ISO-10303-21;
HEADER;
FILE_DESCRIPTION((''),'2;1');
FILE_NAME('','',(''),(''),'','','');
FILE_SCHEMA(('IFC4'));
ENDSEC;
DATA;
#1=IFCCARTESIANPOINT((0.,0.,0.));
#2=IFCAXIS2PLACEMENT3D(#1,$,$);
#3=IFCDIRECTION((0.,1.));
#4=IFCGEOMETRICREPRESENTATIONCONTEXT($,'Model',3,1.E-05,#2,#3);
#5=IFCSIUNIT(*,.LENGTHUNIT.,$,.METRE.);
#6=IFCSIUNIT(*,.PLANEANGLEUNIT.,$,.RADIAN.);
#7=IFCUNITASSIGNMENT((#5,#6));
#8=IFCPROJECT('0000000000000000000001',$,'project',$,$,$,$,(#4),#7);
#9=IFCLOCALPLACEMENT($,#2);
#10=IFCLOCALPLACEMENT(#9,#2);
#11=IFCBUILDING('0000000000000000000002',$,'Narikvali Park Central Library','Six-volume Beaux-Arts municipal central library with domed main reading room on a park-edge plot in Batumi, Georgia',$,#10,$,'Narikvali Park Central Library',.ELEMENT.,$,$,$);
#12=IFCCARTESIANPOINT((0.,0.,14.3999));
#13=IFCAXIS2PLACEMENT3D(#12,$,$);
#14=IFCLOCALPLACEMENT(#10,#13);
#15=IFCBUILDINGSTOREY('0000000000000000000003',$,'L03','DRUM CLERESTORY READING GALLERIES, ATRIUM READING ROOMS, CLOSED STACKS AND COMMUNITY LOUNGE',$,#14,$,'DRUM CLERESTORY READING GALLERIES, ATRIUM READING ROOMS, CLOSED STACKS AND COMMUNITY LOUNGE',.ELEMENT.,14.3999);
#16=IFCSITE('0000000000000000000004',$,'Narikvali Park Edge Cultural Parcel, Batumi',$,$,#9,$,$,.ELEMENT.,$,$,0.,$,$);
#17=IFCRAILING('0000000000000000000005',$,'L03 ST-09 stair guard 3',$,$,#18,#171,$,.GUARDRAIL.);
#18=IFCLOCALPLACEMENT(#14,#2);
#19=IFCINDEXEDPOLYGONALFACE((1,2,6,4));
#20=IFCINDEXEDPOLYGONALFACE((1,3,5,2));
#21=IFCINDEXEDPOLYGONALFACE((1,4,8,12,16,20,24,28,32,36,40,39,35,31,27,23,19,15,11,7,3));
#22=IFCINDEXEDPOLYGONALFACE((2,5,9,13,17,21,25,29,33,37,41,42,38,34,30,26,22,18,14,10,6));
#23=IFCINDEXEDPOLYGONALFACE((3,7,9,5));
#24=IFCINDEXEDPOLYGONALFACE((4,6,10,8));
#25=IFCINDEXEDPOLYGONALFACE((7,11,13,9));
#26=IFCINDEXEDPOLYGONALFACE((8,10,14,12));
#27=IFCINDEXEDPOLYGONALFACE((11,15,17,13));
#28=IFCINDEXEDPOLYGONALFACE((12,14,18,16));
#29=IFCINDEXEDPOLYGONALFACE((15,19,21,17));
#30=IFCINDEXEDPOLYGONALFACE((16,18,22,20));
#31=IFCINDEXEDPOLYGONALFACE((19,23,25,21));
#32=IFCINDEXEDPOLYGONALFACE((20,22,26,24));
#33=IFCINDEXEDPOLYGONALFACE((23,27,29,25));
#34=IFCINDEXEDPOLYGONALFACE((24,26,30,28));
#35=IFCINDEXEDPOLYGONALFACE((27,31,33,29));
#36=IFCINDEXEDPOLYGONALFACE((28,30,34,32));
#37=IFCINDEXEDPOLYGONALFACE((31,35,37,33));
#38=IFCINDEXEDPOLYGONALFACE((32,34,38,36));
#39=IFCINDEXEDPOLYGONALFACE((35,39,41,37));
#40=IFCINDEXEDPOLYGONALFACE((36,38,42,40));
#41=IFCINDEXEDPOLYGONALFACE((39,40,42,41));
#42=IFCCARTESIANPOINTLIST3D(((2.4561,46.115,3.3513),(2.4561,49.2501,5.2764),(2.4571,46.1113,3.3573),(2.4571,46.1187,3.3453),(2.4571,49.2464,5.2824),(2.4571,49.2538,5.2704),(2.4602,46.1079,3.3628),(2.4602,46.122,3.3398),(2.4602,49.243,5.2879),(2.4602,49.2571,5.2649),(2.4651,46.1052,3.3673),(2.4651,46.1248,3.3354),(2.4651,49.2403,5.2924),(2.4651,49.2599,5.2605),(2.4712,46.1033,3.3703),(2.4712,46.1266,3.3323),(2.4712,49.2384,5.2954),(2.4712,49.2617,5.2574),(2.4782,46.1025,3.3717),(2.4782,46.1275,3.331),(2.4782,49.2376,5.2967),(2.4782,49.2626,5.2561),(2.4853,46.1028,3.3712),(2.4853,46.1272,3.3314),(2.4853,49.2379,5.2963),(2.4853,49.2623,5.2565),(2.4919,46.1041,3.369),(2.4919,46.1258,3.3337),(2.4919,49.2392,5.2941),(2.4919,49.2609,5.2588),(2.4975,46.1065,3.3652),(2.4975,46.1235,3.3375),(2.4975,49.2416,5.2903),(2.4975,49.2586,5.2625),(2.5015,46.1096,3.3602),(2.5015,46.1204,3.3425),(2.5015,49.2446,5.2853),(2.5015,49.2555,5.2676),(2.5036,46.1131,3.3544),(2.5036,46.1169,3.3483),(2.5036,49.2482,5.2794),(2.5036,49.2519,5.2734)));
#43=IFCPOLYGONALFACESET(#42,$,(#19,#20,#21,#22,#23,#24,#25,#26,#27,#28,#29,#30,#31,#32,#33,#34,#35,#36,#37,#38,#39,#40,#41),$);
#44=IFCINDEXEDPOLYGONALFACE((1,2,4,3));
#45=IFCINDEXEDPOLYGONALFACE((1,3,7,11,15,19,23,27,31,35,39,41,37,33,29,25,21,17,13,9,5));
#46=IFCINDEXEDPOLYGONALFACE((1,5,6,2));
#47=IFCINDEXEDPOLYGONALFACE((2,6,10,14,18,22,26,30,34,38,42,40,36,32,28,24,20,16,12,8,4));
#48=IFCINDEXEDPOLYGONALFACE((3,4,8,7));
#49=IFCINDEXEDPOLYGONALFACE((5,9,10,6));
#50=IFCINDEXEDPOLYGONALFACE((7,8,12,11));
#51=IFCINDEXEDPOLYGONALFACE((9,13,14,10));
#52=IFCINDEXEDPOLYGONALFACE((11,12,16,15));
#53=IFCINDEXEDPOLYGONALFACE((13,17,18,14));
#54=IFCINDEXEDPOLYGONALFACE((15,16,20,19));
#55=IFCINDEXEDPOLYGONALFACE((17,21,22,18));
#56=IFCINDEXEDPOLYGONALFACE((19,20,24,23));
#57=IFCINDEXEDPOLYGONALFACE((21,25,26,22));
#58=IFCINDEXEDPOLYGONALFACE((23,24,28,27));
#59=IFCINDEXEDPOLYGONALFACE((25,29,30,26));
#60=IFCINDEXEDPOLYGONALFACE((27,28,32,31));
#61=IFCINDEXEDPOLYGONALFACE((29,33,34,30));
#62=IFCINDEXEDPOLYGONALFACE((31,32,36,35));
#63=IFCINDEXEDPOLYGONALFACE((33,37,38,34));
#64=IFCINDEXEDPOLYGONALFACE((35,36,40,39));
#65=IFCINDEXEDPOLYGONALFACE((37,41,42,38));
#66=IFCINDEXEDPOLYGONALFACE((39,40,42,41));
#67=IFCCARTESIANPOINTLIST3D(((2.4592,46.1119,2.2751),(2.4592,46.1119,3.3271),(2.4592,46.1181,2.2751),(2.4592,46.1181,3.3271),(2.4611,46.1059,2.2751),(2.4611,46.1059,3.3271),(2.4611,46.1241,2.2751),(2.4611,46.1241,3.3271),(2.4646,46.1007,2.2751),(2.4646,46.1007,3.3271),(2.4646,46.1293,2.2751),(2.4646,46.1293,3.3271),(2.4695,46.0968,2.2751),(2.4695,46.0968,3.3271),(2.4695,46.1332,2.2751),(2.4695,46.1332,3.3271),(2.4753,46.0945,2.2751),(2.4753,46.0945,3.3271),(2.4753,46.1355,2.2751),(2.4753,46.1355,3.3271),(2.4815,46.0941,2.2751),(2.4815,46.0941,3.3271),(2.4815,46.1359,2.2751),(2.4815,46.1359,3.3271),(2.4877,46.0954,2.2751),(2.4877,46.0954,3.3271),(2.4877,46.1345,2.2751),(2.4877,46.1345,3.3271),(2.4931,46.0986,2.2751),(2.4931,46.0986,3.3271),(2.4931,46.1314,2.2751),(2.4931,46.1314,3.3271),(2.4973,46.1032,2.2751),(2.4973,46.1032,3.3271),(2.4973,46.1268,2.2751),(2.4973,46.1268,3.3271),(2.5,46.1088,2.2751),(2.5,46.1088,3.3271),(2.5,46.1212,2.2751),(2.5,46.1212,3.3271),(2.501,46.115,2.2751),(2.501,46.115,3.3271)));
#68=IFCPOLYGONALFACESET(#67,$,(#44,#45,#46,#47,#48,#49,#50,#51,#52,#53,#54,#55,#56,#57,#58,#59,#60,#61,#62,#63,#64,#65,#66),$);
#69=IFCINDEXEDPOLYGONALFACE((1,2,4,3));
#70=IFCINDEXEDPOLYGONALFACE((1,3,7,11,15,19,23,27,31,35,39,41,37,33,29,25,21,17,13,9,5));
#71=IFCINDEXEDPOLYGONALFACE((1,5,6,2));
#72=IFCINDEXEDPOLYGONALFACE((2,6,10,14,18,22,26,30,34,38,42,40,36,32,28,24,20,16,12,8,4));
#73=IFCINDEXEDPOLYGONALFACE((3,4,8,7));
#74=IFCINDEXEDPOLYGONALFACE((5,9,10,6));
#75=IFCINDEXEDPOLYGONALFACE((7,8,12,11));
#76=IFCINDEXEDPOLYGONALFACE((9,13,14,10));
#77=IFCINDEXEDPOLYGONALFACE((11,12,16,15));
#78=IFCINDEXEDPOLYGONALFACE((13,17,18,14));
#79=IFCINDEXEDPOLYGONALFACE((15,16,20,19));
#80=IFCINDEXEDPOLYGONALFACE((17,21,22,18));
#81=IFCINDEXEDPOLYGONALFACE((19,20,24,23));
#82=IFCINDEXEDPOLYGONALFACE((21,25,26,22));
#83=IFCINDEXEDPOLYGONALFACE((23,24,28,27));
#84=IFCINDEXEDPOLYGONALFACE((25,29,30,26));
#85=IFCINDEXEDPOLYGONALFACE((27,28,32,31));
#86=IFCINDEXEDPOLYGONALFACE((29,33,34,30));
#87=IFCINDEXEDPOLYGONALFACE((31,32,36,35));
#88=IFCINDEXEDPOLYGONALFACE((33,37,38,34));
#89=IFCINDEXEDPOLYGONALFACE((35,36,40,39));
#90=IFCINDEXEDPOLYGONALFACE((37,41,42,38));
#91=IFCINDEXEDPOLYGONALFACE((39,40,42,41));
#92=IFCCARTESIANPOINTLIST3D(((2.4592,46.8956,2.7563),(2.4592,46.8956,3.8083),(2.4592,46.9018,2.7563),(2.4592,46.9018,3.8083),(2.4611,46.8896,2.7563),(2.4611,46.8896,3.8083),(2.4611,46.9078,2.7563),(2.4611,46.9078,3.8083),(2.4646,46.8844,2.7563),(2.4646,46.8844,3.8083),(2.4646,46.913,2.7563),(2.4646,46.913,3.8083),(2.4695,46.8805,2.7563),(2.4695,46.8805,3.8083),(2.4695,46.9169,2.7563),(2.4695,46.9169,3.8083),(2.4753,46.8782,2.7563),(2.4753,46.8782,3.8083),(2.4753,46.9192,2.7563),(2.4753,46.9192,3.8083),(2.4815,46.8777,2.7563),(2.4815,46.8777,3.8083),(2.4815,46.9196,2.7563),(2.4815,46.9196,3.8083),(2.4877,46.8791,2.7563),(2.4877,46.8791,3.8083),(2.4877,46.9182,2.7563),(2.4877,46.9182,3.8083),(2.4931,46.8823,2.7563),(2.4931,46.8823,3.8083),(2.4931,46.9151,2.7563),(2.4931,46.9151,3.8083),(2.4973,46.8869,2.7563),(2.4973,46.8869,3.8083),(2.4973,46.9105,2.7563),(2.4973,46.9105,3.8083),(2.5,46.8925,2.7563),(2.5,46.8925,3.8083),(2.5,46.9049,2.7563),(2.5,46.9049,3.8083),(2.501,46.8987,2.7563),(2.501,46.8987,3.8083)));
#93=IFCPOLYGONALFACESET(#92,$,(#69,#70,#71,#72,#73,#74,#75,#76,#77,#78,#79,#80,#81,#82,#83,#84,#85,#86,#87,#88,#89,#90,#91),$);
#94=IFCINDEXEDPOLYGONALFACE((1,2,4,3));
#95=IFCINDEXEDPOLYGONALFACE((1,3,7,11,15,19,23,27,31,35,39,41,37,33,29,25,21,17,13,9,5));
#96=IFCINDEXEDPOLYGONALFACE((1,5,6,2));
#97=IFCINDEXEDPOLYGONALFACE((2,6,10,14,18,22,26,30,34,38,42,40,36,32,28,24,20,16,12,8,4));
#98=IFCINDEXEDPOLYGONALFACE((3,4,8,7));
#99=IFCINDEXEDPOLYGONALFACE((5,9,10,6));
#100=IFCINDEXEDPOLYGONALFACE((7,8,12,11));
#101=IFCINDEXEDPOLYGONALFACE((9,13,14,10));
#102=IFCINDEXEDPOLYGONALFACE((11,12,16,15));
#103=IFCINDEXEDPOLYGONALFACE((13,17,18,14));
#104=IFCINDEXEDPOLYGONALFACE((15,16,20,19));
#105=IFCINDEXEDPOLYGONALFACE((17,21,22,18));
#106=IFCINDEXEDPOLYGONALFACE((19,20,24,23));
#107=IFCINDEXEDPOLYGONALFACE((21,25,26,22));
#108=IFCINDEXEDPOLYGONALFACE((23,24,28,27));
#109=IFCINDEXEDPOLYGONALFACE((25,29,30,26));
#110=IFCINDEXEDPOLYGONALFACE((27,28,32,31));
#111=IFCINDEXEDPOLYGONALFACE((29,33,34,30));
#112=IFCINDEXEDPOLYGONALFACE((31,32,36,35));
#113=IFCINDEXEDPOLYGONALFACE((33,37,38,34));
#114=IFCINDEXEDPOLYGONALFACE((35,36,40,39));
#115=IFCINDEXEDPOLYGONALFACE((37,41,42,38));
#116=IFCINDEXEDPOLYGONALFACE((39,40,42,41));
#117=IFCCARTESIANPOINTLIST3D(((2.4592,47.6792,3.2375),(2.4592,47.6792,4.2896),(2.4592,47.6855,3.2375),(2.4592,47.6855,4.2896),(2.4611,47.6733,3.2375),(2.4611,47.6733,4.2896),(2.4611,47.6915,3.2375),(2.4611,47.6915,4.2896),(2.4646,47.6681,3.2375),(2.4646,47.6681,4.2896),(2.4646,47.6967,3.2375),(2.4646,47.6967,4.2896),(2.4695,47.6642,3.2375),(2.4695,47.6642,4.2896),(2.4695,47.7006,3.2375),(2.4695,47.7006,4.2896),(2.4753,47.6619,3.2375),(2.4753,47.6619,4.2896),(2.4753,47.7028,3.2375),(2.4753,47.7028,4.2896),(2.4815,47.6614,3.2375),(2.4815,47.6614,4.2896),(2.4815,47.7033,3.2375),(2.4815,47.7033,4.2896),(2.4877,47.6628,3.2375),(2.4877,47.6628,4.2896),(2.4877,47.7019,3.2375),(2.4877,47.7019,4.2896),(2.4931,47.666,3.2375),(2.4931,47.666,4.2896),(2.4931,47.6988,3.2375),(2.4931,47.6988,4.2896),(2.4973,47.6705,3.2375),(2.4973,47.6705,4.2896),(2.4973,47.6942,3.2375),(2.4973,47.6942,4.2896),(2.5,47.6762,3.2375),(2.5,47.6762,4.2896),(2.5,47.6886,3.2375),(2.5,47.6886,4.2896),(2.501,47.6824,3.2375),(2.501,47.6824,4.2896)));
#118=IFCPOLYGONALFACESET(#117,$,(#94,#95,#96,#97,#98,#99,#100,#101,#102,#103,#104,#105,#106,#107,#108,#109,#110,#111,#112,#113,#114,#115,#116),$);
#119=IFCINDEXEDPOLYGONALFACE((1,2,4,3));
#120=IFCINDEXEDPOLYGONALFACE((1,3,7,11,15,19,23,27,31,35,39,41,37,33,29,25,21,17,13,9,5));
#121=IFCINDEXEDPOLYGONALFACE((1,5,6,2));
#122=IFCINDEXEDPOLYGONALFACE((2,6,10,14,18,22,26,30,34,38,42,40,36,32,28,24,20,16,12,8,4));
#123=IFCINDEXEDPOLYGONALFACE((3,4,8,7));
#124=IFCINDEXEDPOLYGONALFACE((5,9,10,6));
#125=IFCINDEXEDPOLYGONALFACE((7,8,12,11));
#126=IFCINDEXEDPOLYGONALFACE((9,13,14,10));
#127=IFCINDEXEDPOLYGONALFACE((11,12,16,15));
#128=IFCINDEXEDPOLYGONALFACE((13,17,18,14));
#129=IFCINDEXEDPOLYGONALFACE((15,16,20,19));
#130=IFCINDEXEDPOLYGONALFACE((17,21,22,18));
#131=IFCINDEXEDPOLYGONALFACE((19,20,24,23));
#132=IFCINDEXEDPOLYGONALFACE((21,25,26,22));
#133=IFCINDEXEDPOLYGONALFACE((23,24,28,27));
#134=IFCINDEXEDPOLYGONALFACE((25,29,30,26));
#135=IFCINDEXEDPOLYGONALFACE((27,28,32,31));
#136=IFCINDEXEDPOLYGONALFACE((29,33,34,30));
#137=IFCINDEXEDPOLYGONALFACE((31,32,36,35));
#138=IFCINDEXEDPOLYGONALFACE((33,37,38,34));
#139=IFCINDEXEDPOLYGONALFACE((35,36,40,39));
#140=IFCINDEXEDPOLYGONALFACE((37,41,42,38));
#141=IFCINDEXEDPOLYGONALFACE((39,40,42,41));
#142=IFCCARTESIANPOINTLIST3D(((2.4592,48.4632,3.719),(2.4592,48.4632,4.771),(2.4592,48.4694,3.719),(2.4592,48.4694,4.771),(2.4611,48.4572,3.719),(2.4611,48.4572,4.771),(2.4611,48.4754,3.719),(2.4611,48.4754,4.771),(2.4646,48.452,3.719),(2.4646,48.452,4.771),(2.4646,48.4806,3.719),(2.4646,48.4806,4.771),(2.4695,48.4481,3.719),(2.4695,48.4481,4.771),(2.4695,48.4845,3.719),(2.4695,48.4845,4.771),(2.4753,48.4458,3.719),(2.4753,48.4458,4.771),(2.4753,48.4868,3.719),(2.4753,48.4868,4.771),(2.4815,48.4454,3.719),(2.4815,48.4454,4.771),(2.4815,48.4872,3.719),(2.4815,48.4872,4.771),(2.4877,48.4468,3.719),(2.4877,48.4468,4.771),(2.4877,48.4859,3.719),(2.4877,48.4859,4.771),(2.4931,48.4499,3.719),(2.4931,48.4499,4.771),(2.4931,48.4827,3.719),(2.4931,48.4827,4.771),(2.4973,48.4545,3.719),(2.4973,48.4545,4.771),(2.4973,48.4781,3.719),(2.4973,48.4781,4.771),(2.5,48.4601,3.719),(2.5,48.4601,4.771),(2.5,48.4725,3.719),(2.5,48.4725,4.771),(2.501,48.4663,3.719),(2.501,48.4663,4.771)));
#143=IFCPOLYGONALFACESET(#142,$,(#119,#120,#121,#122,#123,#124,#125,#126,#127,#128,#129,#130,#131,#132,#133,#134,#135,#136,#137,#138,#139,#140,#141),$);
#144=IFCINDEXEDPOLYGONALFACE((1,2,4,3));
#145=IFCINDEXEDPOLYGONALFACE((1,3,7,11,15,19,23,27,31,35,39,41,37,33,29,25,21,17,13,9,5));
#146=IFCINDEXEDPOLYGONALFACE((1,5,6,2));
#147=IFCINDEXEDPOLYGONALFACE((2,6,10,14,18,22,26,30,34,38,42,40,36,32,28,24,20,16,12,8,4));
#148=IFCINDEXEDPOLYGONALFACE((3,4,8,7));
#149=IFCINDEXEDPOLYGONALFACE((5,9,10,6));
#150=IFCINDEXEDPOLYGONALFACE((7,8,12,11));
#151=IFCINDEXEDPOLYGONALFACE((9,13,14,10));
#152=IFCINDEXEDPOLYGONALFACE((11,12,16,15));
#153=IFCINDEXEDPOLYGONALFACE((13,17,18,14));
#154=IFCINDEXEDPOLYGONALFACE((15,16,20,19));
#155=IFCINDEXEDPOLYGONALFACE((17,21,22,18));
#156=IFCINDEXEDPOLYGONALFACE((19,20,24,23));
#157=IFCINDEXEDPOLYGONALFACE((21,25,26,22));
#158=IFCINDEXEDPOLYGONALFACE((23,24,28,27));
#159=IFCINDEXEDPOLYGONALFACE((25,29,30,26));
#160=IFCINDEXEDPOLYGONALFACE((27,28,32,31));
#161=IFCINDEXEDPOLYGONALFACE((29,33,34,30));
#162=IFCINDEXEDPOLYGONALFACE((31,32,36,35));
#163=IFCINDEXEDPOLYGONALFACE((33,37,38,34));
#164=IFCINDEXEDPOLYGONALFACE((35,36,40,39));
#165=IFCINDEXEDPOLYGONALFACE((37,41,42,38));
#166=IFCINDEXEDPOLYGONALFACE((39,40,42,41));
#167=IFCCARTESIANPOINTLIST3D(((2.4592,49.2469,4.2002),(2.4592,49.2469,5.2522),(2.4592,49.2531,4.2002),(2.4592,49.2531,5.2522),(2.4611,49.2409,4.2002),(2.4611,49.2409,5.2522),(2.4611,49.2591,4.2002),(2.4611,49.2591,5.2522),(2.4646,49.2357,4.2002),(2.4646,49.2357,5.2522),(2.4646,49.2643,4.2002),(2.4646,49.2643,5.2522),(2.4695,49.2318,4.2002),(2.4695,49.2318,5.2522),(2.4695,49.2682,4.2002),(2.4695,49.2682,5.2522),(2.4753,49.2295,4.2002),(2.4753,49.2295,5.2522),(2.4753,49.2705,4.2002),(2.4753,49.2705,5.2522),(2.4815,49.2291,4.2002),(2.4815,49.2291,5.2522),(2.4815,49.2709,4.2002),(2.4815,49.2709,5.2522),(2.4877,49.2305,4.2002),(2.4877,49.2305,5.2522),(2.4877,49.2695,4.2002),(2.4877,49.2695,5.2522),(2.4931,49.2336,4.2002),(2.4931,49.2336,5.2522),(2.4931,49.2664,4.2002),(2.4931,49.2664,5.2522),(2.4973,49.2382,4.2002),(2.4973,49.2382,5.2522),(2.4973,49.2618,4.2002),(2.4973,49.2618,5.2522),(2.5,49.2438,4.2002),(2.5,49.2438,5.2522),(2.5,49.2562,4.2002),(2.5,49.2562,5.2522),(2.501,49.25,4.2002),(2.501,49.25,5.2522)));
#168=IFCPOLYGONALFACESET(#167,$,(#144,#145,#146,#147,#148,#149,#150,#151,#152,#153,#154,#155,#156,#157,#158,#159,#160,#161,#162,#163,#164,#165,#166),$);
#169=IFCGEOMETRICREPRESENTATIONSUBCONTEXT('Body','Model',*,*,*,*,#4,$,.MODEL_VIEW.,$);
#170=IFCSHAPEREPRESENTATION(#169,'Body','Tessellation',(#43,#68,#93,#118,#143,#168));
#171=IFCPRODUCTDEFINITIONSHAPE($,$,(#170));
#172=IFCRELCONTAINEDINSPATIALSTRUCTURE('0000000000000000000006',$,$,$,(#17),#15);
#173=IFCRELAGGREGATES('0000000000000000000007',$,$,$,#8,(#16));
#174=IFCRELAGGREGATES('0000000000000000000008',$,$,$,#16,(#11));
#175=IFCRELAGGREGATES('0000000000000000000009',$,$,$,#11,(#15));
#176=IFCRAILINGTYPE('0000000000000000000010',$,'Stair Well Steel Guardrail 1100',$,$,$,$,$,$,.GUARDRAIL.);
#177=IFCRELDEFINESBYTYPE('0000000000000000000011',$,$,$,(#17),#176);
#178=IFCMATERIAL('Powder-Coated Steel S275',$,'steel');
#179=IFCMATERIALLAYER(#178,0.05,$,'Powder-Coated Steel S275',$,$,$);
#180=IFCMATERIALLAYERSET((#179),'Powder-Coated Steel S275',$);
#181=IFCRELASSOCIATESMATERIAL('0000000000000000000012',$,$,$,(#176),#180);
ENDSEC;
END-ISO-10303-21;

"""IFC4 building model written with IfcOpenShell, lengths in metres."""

from ifc_helpers import new_model, si_unit, direction, frame, origin, origin_2d, place, context, subcontext, project, spatial, circle, extrude, material, layer, layer_set, type_object, element, save


model = new_model("IFC4")

# Units and contexts
model_context = context("Model", 3, precision=1e-05, world=origin(), true_north=direction((0.0, 1.0)))
body_context = subcontext(model_context, "Body", "Model", "MODEL_VIEW")
ifc_project = project(units=[si_unit("LENGTHUNIT", "METRE"), si_unit("PLANEANGLEUNIT", "RADIAN")], contexts=[model_context])

# Site, building, storey
site_placement = place(None, origin())
site = spatial("IfcSite", under=ifc_project, at=site_placement, Name="Narikvali Park Edge Cultural Parcel, Batumi", CompositionType="ELEMENT", RefElevation=0.0)
building_placement = place(site_placement, origin())
building = spatial("IfcBuilding", under=site, at=building_placement, Name="Narikvali Park Central Library", Description="Six-volume Beaux-Arts municipal central library with domed main reading room on a park-edge plot in Batumi, Georgia", LongName="Narikvali Park Central Library", CompositionType="ELEMENT")
storey_placement = place(building_placement, frame((0.0, 0.0, 14.3999)))
storey = spatial("IfcBuildingStorey", under=building, at=storey_placement, Name="L03", Description="DRUM CLERESTORY READING GALLERIES, ATRIUM READING ROOMS, CLOSED STACKS AND COMMUNITY LOUNGE", LongName="DRUM CLERESTORY READING GALLERIES, ATRIUM READING ROOMS, CLOSED STACKS AND COMMUNITY LOUNGE", CompositionType="ELEMENT", Elevation=14.3999)

# Railing
ifc_material_1 = material(Name="Powder-Coated Steel S275", Category="steel")
ifc_layer_1 = layer(ifc_material_1, 0.05, Name="Powder-Coated Steel S275")
ifc_layer_set_1 = layer_set([ifc_layer_1], Name="Powder-Coated Steel S275")
railing_type_1 = type_object("IfcRailingType", Name="Stair Well Steel Guardrail 1100", PredefinedType="GUARDRAIL", material=ifc_layer_set_1)
railing_1_placement = place(storey_placement, frame((2.48, 46.115, 2.2751)))
element("IfcRailing", 1, at=railing_1_placement, inside=storey, type_object=railing_type_1, Name="L03 ST-09 stair guard 3", PredefinedType="GUARDRAIL", context=body_context, shape_type="SweptSolid", body=[
    extrude(circle(Radius=0.0239, at=origin_2d()), frame((0.0, 0.0, 1.0762), z_axis=(0.0, 0.852166, 0.523271), x_axis=(-1.0, 0.0, 0.0)), (0.0, 0.0, 1.0), 3.679),
    extrude(circle(Radius=0.021, at=origin_2d()), origin(), (0.0, 0.0, 1.0), 1.052),
    extrude(circle(Radius=0.021, at=origin_2d()), frame((0.0, 0.7837, 0.4812)), (0.0, 0.0, 1.0), 1.052),
    extrude(circle(Radius=0.021, at=origin_2d()), frame((0.0, 1.5674, 0.9624)), (0.0, 0.0, 1.0), 1.052),
    extrude(circle(Radius=0.021, at=origin_2d()), frame((0.0, 2.3513, 1.4438)), (0.0, 0.0, 1.0), 1.052),
    extrude(circle(Radius=0.021, at=origin_2d()), frame((0.0, 3.135, 1.925)), (0.0, 0.0, 1.0), 1.052),
])

save(model, "model.ifc")
